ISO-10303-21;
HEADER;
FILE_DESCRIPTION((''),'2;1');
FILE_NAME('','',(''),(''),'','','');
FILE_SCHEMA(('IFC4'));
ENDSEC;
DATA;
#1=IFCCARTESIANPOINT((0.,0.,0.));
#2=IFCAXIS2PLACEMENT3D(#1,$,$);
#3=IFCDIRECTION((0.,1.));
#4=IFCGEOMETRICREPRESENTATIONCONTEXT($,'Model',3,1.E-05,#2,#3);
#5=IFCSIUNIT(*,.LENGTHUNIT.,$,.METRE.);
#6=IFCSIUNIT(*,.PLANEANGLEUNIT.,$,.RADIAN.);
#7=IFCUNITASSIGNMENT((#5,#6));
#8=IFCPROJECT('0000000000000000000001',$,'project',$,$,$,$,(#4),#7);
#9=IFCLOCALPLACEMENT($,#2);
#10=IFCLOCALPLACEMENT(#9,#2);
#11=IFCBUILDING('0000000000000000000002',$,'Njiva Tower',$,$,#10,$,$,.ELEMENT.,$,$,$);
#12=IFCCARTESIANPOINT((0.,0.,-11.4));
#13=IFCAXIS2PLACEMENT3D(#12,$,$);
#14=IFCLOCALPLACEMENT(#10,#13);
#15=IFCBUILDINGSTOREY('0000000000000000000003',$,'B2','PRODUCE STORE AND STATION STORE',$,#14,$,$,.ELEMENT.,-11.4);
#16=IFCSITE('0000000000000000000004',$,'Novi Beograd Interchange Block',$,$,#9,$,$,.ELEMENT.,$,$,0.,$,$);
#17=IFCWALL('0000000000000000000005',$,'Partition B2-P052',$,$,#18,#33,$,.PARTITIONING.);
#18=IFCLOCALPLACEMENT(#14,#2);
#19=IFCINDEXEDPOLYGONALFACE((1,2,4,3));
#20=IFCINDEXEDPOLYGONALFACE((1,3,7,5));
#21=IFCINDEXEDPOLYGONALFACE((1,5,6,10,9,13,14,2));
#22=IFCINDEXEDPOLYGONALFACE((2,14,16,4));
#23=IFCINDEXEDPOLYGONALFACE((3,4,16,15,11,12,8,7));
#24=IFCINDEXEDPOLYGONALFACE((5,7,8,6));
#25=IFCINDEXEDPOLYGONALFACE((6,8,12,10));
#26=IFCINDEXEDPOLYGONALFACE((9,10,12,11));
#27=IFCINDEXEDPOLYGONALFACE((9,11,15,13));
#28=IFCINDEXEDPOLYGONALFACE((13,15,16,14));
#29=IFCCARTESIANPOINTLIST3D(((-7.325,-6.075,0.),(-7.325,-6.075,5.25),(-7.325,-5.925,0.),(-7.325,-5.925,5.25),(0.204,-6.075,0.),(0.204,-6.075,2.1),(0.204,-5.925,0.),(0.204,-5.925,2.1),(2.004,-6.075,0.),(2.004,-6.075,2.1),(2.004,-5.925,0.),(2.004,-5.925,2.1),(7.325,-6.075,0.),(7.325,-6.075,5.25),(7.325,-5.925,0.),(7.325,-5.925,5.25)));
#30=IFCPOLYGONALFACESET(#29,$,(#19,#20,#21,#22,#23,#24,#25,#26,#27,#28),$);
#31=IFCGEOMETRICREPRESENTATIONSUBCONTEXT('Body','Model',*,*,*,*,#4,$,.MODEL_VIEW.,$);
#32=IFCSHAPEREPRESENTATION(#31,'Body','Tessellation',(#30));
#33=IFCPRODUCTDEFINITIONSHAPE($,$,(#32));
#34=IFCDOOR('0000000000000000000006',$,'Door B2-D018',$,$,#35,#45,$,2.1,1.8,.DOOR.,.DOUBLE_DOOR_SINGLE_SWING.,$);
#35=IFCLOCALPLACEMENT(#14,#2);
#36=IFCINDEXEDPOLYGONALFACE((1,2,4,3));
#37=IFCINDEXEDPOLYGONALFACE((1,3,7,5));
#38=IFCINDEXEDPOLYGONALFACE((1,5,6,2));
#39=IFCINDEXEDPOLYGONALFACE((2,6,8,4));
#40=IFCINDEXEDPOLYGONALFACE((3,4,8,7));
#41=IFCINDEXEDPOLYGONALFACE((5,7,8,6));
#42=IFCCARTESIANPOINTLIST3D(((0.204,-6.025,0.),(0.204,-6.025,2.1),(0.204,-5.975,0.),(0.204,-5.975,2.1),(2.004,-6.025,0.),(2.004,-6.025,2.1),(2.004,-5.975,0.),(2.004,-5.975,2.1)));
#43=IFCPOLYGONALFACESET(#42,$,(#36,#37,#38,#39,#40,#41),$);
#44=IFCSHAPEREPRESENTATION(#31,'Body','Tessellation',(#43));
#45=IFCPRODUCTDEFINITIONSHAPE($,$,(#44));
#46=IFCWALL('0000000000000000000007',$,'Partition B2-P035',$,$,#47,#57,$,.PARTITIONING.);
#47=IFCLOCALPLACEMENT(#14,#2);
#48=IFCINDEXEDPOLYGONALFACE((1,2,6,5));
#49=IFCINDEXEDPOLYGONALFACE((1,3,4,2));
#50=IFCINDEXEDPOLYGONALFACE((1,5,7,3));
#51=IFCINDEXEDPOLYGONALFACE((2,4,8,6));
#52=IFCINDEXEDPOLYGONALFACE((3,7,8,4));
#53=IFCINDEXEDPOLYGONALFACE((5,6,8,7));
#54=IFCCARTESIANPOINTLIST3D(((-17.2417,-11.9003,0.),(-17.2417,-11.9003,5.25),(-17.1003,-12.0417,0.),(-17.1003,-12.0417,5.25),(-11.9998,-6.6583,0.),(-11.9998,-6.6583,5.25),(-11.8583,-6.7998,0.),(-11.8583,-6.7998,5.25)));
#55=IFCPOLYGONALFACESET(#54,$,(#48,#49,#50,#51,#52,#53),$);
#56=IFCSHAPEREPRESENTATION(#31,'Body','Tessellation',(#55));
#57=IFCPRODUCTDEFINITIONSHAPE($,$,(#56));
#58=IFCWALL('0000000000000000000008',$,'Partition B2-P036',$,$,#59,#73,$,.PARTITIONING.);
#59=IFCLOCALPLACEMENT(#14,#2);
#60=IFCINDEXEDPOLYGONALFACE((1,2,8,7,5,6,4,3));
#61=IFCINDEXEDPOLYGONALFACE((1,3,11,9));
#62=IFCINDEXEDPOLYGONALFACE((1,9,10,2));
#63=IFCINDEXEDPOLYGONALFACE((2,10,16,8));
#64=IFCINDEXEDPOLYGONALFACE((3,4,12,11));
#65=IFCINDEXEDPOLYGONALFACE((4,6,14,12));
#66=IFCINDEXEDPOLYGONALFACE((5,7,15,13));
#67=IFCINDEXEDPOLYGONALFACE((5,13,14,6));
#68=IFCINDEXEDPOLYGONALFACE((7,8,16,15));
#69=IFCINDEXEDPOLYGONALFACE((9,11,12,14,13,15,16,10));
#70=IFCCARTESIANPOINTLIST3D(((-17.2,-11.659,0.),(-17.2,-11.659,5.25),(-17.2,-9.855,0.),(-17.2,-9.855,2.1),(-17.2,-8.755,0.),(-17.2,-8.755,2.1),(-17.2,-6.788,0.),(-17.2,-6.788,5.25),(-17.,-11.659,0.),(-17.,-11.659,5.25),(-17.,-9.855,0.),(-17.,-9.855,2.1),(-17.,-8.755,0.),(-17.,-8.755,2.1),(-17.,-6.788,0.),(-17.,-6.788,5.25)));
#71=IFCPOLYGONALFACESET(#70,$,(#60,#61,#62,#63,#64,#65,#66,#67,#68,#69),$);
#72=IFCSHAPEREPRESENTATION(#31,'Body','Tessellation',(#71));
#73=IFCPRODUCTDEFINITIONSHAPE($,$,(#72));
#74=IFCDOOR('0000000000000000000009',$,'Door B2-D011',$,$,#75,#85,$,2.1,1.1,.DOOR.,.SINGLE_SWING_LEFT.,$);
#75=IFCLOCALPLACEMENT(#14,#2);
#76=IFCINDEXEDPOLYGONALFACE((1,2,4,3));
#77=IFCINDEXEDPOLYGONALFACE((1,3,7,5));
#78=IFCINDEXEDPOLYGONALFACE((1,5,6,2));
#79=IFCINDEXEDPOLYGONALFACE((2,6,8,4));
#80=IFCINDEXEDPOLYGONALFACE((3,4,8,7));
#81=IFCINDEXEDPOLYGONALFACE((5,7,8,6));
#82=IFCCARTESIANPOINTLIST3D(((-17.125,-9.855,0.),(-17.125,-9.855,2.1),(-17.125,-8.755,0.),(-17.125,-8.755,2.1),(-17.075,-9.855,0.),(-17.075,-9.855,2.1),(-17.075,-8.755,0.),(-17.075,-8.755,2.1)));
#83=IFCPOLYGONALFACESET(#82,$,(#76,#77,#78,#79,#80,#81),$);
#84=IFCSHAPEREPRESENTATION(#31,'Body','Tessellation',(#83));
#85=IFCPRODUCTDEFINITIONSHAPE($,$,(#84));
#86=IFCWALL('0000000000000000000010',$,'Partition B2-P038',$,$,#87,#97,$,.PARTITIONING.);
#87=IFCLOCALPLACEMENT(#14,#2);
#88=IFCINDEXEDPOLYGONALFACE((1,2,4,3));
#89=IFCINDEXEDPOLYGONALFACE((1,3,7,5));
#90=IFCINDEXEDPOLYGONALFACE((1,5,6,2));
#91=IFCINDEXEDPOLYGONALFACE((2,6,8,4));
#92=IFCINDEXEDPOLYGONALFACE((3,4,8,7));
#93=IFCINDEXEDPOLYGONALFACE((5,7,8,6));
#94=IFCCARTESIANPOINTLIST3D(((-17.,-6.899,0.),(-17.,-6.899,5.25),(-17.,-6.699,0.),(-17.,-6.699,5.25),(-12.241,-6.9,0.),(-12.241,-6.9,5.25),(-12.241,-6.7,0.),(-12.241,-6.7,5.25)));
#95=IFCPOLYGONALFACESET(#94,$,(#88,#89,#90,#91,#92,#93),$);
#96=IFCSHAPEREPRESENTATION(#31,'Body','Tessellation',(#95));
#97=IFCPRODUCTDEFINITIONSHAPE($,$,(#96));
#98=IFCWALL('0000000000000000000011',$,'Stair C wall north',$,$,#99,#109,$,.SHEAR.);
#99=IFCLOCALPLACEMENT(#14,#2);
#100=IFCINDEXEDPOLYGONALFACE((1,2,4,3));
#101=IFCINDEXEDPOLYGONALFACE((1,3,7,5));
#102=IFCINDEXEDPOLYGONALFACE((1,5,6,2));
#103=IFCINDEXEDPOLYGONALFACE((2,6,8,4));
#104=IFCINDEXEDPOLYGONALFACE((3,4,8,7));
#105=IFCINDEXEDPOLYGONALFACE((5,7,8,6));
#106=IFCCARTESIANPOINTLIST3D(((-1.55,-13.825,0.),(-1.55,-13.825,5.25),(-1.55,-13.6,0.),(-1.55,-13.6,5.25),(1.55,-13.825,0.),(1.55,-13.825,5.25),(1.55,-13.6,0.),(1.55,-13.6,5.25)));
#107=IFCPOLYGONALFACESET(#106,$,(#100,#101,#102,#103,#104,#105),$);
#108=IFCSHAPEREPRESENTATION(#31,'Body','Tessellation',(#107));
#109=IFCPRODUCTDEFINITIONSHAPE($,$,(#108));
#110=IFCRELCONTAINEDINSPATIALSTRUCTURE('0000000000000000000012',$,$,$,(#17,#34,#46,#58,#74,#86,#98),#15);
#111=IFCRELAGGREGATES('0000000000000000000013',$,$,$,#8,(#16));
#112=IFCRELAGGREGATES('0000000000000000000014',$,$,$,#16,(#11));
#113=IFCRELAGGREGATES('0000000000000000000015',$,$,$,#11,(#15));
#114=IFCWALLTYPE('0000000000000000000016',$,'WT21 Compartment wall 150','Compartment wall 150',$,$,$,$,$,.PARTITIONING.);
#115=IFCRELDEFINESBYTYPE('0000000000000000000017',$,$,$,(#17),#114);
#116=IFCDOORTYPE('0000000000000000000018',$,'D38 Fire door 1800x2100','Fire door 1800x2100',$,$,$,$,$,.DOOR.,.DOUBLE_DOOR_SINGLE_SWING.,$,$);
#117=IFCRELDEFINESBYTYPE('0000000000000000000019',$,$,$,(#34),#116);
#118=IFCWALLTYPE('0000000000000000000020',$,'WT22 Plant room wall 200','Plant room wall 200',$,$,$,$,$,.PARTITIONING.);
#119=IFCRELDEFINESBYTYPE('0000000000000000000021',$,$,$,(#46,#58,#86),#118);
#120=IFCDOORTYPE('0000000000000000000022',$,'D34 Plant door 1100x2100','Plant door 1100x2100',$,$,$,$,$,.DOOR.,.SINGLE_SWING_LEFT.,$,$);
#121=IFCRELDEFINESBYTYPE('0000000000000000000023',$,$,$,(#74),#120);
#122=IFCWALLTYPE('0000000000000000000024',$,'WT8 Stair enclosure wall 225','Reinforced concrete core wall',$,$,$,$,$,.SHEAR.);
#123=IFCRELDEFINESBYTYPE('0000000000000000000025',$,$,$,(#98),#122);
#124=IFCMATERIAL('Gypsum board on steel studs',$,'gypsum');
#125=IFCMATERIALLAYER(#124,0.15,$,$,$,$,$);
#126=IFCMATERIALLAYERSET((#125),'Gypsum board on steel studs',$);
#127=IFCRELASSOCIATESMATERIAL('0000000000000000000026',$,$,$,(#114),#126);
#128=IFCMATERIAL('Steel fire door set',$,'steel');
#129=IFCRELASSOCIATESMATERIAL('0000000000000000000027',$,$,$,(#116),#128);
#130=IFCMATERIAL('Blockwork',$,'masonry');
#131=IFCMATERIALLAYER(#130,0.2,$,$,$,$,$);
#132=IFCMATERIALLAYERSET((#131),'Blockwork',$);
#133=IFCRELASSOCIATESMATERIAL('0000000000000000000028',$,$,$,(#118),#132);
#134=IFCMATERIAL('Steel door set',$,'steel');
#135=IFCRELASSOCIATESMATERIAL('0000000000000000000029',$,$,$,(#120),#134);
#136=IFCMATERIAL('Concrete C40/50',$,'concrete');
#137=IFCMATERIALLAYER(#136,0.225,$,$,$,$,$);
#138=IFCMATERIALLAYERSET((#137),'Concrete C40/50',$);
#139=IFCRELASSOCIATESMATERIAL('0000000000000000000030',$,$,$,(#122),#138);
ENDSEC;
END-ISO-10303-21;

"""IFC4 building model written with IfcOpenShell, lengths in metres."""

from ifc_helpers import new_model, si_unit, direction, frame, frame_2d, origin, place, context, subcontext, project, spatial, rectangle, extrude, material, layer, layer_set, type_object, element, fill, save


model = new_model("IFC4")

# Units and contexts
model_context = context("Model", 3, precision=1e-05, world=origin(), true_north=direction((0.0, 1.0)))
body_context = subcontext(model_context, "Body", "Model", "MODEL_VIEW")
ifc_project = project(units=[si_unit("LENGTHUNIT", "METRE"), si_unit("PLANEANGLEUNIT", "RADIAN")], contexts=[model_context])

# Site, building, storey
site_placement = place(None, origin())
site = spatial("IfcSite", under=ifc_project, at=site_placement, Name="Novi Beograd Interchange Block", CompositionType="ELEMENT", RefElevation=0.0)
building_placement = place(site_placement, origin())
building = spatial("IfcBuilding", under=site, at=building_placement, Name="Njiva Tower", CompositionType="ELEMENT")
storey_placement = place(building_placement, frame((0.0, 0.0, -11.4)))
storey = spatial("IfcBuildingStorey", under=building, at=storey_placement, Name="B2", Description="PRODUCE STORE AND STATION STORE", CompositionType="ELEMENT", Elevation=-11.4)

# Shared definitions
ifc_material_1 = material(Name="Gypsum board on steel studs", Category="gypsum")
ifc_layer_1 = layer(ifc_material_1, 0.15)
ifc_layer_set_1 = layer_set([ifc_layer_1], Name="Gypsum board on steel studs")
wall_type_1 = type_object("IfcWallType", Name="WT21 Compartment wall 150", Description="Compartment wall 150", PredefinedType="PARTITIONING", material=ifc_layer_set_1)
ifc_material_2 = material(Name="Steel fire door set", Category="steel")

# Wall, opening, door
wall_1_placement = place(storey_placement, frame((-7.325, -6.0, 0.0), z_axis=(0.0, 0.0, 1.0), x_axis=(1.0, 0.0, 0.0)))
wall_1 = element("IfcWall", 1, at=wall_1_placement, inside=storey, type_object=wall_type_1, Name="Partition B2-P052", PredefinedType="PARTITIONING", context=body_context, shape_type="SweptSolid", body=[
    extrude(rectangle(XDim=14.65, YDim=0.15, at=frame_2d((7.325, 0.0))), origin(), (0.0, 0.0, 1.0), 5.25),
])
opening_1_placement = place(wall_1_placement, frame((7.529, 0.0, 0.0)))
opening_1 = element("IfcOpeningElement", 2, at=opening_1_placement, cuts=wall_1, PredefinedType="OPENING", context=body_context, shape_type="SweptSolid", body=[
    extrude(rectangle(XDim=1.8, YDim=2.1, at=frame_2d((0.9, 1.05))), frame((0.0, 0.085, 0.0), z_axis=(0.0, -1.0, 0.0), x_axis=(1.0, 0.0, 0.0)), (0.0, 0.0, 1.0), 0.17),
])
door_type_1 = type_object("IfcDoorType", Name="D38 Fire door 1800x2100", Description="Fire door 1800x2100", OperationType="DOUBLE_DOOR_SINGLE_SWING", PredefinedType="DOOR", material=ifc_material_2)
door_1_placement = place(opening_1_placement, origin())
door_1 = element("IfcDoor", 3, at=door_1_placement, inside=storey, type_object=door_type_1, Name="Door B2-D018", OperationType="DOUBLE_DOOR_SINGLE_SWING", OverallHeight=2.1, OverallWidth=1.8, PredefinedType="DOOR", context=body_context, shape_type="SweptSolid", body=[
    extrude(rectangle(XDim=1.8, YDim=2.1, at=frame_2d((0.9, 1.05))), frame((0.0, 0.025, 0.0), z_axis=(0.0, -1.0, 0.0), x_axis=(1.0, 0.0, 0.0)), (0.0, 0.0, 1.0), 0.05),
])
fill(opening_1, door_1)

# Wall
ifc_material_3 = material(Name="Blockwork", Category="masonry")
ifc_layer_2 = layer(ifc_material_3, 0.2)
ifc_layer_set_2 = layer_set([ifc_layer_2], Name="Blockwork")
wall_type_2 = type_object("IfcWallType", Name="WT22 Plant room wall 200", Description="Plant room wall 200", PredefinedType="PARTITIONING", material=ifc_layer_set_2)
wall_2_placement = place(storey_placement, frame((-17.171, -11.971, 0.0), z_axis=(0.0, 0.0, 1.0), x_axis=(0.707107, 0.707107, 0.0)))
element("IfcWall", 4, at=wall_2_placement, inside=storey, type_object=wall_type_2, Name="Partition B2-P035", PredefinedType="PARTITIONING", context=body_context, shape_type="SweptSolid", body=[
    extrude(rectangle(XDim=7.4133, YDim=0.2, at=frame_2d((3.7066, 0.0))), origin(), (0.0, 0.0, 1.0), 5.25),
])

# Wall, opening, door
wall_3_placement = place(storey_placement, frame((-17.1, -11.659, 0.0), z_axis=(0.0, 0.0, 1.0), x_axis=(0.0, 1.0, 0.0)))
wall_3 = element("IfcWall", 5, at=wall_3_placement, inside=storey, type_object=wall_type_2, Name="Partition B2-P036", PredefinedType="PARTITIONING", context=body_context, shape_type="SweptSolid", body=[
    extrude(rectangle(XDim=4.871, YDim=0.2, at=frame_2d((2.4355, 0.0))), origin(), (0.0, 0.0, 1.0), 5.25),
])
opening_2_placement = place(wall_3_placement, frame((1.804, 0.0, 0.0)))
opening_2 = element("IfcOpeningElement", 6, at=opening_2_placement, cuts=wall_3, PredefinedType="OPENING", context=body_context, shape_type="SweptSolid", body=[
    extrude(rectangle(XDim=1.1, YDim=2.1, at=frame_2d((0.55, 1.05))), frame((0.0, 0.11, 0.0), z_axis=(0.0, -1.0, 0.0), x_axis=(1.0, 0.0, 0.0)), (0.0, 0.0, 1.0), 0.22),
])
ifc_material_4 = material(Name="Steel door set", Category="steel")
door_type_2 = type_object("IfcDoorType", Name="D34 Plant door 1100x2100", Description="Plant door 1100x2100", OperationType="SINGLE_SWING_LEFT", PredefinedType="DOOR", material=ifc_material_4)
door_2_placement = place(opening_2_placement, origin())
door_2 = element("IfcDoor", 7, at=door_2_placement, inside=storey, type_object=door_type_2, Name="Door B2-D011", OperationType="SINGLE_SWING_LEFT", OverallHeight=2.1, OverallWidth=1.1, PredefinedType="DOOR", context=body_context, shape_type="SweptSolid", body=[
    extrude(rectangle(XDim=1.1, YDim=2.1, at=frame_2d((0.55, 1.05))), frame((0.0, 0.025, 0.0), z_axis=(0.0, -1.0, 0.0), x_axis=(1.0, 0.0, 0.0)), (0.0, 0.0, 1.0), 0.05),
])
fill(opening_2, door_2)

# Walls
wall_4_placement = place(storey_placement, frame((-17.0, -6.799, 0.0), z_axis=(0.0, 0.0, 1.0), x_axis=(1.0, -0.00021, 0.0)))
element("IfcWall", 8, at=wall_4_placement, inside=storey, type_object=wall_type_2, Name="Partition B2-P038", PredefinedType="PARTITIONING", context=body_context, shape_type="SweptSolid", body=[
    extrude(rectangle(XDim=4.759, YDim=0.2, at=frame_2d((2.3795, 0.0))), origin(), (0.0, 0.0, 1.0), 5.25),
])
ifc_material_5 = material(Name="Concrete C40/50", Category="concrete")
ifc_layer_3 = layer(ifc_material_5, 0.225)
ifc_layer_set_3 = layer_set([ifc_layer_3], Name="Concrete C40/50")
wall_type_3 = type_object("IfcWallType", Name="WT8 Stair enclosure wall 225", Description="Reinforced concrete core wall", PredefinedType="SHEAR", material=ifc_layer_set_3)
wall_5_placement = place(storey_placement, frame((-1.55, -13.7125, 0.0), z_axis=(0.0, 0.0, 1.0), x_axis=(1.0, 0.0, 0.0)))
element("IfcWall", 9, at=wall_5_placement, inside=storey, type_object=wall_type_3, Name="Stair C wall north", PredefinedType="SHEAR", context=body_context, shape_type="SweptSolid", body=[
    extrude(rectangle(XDim=3.1, YDim=0.225, at=frame_2d((1.55, 0.0))), origin(), (0.0, 0.0, 1.0), 5.25),
])

save(model, "model.ifc")
